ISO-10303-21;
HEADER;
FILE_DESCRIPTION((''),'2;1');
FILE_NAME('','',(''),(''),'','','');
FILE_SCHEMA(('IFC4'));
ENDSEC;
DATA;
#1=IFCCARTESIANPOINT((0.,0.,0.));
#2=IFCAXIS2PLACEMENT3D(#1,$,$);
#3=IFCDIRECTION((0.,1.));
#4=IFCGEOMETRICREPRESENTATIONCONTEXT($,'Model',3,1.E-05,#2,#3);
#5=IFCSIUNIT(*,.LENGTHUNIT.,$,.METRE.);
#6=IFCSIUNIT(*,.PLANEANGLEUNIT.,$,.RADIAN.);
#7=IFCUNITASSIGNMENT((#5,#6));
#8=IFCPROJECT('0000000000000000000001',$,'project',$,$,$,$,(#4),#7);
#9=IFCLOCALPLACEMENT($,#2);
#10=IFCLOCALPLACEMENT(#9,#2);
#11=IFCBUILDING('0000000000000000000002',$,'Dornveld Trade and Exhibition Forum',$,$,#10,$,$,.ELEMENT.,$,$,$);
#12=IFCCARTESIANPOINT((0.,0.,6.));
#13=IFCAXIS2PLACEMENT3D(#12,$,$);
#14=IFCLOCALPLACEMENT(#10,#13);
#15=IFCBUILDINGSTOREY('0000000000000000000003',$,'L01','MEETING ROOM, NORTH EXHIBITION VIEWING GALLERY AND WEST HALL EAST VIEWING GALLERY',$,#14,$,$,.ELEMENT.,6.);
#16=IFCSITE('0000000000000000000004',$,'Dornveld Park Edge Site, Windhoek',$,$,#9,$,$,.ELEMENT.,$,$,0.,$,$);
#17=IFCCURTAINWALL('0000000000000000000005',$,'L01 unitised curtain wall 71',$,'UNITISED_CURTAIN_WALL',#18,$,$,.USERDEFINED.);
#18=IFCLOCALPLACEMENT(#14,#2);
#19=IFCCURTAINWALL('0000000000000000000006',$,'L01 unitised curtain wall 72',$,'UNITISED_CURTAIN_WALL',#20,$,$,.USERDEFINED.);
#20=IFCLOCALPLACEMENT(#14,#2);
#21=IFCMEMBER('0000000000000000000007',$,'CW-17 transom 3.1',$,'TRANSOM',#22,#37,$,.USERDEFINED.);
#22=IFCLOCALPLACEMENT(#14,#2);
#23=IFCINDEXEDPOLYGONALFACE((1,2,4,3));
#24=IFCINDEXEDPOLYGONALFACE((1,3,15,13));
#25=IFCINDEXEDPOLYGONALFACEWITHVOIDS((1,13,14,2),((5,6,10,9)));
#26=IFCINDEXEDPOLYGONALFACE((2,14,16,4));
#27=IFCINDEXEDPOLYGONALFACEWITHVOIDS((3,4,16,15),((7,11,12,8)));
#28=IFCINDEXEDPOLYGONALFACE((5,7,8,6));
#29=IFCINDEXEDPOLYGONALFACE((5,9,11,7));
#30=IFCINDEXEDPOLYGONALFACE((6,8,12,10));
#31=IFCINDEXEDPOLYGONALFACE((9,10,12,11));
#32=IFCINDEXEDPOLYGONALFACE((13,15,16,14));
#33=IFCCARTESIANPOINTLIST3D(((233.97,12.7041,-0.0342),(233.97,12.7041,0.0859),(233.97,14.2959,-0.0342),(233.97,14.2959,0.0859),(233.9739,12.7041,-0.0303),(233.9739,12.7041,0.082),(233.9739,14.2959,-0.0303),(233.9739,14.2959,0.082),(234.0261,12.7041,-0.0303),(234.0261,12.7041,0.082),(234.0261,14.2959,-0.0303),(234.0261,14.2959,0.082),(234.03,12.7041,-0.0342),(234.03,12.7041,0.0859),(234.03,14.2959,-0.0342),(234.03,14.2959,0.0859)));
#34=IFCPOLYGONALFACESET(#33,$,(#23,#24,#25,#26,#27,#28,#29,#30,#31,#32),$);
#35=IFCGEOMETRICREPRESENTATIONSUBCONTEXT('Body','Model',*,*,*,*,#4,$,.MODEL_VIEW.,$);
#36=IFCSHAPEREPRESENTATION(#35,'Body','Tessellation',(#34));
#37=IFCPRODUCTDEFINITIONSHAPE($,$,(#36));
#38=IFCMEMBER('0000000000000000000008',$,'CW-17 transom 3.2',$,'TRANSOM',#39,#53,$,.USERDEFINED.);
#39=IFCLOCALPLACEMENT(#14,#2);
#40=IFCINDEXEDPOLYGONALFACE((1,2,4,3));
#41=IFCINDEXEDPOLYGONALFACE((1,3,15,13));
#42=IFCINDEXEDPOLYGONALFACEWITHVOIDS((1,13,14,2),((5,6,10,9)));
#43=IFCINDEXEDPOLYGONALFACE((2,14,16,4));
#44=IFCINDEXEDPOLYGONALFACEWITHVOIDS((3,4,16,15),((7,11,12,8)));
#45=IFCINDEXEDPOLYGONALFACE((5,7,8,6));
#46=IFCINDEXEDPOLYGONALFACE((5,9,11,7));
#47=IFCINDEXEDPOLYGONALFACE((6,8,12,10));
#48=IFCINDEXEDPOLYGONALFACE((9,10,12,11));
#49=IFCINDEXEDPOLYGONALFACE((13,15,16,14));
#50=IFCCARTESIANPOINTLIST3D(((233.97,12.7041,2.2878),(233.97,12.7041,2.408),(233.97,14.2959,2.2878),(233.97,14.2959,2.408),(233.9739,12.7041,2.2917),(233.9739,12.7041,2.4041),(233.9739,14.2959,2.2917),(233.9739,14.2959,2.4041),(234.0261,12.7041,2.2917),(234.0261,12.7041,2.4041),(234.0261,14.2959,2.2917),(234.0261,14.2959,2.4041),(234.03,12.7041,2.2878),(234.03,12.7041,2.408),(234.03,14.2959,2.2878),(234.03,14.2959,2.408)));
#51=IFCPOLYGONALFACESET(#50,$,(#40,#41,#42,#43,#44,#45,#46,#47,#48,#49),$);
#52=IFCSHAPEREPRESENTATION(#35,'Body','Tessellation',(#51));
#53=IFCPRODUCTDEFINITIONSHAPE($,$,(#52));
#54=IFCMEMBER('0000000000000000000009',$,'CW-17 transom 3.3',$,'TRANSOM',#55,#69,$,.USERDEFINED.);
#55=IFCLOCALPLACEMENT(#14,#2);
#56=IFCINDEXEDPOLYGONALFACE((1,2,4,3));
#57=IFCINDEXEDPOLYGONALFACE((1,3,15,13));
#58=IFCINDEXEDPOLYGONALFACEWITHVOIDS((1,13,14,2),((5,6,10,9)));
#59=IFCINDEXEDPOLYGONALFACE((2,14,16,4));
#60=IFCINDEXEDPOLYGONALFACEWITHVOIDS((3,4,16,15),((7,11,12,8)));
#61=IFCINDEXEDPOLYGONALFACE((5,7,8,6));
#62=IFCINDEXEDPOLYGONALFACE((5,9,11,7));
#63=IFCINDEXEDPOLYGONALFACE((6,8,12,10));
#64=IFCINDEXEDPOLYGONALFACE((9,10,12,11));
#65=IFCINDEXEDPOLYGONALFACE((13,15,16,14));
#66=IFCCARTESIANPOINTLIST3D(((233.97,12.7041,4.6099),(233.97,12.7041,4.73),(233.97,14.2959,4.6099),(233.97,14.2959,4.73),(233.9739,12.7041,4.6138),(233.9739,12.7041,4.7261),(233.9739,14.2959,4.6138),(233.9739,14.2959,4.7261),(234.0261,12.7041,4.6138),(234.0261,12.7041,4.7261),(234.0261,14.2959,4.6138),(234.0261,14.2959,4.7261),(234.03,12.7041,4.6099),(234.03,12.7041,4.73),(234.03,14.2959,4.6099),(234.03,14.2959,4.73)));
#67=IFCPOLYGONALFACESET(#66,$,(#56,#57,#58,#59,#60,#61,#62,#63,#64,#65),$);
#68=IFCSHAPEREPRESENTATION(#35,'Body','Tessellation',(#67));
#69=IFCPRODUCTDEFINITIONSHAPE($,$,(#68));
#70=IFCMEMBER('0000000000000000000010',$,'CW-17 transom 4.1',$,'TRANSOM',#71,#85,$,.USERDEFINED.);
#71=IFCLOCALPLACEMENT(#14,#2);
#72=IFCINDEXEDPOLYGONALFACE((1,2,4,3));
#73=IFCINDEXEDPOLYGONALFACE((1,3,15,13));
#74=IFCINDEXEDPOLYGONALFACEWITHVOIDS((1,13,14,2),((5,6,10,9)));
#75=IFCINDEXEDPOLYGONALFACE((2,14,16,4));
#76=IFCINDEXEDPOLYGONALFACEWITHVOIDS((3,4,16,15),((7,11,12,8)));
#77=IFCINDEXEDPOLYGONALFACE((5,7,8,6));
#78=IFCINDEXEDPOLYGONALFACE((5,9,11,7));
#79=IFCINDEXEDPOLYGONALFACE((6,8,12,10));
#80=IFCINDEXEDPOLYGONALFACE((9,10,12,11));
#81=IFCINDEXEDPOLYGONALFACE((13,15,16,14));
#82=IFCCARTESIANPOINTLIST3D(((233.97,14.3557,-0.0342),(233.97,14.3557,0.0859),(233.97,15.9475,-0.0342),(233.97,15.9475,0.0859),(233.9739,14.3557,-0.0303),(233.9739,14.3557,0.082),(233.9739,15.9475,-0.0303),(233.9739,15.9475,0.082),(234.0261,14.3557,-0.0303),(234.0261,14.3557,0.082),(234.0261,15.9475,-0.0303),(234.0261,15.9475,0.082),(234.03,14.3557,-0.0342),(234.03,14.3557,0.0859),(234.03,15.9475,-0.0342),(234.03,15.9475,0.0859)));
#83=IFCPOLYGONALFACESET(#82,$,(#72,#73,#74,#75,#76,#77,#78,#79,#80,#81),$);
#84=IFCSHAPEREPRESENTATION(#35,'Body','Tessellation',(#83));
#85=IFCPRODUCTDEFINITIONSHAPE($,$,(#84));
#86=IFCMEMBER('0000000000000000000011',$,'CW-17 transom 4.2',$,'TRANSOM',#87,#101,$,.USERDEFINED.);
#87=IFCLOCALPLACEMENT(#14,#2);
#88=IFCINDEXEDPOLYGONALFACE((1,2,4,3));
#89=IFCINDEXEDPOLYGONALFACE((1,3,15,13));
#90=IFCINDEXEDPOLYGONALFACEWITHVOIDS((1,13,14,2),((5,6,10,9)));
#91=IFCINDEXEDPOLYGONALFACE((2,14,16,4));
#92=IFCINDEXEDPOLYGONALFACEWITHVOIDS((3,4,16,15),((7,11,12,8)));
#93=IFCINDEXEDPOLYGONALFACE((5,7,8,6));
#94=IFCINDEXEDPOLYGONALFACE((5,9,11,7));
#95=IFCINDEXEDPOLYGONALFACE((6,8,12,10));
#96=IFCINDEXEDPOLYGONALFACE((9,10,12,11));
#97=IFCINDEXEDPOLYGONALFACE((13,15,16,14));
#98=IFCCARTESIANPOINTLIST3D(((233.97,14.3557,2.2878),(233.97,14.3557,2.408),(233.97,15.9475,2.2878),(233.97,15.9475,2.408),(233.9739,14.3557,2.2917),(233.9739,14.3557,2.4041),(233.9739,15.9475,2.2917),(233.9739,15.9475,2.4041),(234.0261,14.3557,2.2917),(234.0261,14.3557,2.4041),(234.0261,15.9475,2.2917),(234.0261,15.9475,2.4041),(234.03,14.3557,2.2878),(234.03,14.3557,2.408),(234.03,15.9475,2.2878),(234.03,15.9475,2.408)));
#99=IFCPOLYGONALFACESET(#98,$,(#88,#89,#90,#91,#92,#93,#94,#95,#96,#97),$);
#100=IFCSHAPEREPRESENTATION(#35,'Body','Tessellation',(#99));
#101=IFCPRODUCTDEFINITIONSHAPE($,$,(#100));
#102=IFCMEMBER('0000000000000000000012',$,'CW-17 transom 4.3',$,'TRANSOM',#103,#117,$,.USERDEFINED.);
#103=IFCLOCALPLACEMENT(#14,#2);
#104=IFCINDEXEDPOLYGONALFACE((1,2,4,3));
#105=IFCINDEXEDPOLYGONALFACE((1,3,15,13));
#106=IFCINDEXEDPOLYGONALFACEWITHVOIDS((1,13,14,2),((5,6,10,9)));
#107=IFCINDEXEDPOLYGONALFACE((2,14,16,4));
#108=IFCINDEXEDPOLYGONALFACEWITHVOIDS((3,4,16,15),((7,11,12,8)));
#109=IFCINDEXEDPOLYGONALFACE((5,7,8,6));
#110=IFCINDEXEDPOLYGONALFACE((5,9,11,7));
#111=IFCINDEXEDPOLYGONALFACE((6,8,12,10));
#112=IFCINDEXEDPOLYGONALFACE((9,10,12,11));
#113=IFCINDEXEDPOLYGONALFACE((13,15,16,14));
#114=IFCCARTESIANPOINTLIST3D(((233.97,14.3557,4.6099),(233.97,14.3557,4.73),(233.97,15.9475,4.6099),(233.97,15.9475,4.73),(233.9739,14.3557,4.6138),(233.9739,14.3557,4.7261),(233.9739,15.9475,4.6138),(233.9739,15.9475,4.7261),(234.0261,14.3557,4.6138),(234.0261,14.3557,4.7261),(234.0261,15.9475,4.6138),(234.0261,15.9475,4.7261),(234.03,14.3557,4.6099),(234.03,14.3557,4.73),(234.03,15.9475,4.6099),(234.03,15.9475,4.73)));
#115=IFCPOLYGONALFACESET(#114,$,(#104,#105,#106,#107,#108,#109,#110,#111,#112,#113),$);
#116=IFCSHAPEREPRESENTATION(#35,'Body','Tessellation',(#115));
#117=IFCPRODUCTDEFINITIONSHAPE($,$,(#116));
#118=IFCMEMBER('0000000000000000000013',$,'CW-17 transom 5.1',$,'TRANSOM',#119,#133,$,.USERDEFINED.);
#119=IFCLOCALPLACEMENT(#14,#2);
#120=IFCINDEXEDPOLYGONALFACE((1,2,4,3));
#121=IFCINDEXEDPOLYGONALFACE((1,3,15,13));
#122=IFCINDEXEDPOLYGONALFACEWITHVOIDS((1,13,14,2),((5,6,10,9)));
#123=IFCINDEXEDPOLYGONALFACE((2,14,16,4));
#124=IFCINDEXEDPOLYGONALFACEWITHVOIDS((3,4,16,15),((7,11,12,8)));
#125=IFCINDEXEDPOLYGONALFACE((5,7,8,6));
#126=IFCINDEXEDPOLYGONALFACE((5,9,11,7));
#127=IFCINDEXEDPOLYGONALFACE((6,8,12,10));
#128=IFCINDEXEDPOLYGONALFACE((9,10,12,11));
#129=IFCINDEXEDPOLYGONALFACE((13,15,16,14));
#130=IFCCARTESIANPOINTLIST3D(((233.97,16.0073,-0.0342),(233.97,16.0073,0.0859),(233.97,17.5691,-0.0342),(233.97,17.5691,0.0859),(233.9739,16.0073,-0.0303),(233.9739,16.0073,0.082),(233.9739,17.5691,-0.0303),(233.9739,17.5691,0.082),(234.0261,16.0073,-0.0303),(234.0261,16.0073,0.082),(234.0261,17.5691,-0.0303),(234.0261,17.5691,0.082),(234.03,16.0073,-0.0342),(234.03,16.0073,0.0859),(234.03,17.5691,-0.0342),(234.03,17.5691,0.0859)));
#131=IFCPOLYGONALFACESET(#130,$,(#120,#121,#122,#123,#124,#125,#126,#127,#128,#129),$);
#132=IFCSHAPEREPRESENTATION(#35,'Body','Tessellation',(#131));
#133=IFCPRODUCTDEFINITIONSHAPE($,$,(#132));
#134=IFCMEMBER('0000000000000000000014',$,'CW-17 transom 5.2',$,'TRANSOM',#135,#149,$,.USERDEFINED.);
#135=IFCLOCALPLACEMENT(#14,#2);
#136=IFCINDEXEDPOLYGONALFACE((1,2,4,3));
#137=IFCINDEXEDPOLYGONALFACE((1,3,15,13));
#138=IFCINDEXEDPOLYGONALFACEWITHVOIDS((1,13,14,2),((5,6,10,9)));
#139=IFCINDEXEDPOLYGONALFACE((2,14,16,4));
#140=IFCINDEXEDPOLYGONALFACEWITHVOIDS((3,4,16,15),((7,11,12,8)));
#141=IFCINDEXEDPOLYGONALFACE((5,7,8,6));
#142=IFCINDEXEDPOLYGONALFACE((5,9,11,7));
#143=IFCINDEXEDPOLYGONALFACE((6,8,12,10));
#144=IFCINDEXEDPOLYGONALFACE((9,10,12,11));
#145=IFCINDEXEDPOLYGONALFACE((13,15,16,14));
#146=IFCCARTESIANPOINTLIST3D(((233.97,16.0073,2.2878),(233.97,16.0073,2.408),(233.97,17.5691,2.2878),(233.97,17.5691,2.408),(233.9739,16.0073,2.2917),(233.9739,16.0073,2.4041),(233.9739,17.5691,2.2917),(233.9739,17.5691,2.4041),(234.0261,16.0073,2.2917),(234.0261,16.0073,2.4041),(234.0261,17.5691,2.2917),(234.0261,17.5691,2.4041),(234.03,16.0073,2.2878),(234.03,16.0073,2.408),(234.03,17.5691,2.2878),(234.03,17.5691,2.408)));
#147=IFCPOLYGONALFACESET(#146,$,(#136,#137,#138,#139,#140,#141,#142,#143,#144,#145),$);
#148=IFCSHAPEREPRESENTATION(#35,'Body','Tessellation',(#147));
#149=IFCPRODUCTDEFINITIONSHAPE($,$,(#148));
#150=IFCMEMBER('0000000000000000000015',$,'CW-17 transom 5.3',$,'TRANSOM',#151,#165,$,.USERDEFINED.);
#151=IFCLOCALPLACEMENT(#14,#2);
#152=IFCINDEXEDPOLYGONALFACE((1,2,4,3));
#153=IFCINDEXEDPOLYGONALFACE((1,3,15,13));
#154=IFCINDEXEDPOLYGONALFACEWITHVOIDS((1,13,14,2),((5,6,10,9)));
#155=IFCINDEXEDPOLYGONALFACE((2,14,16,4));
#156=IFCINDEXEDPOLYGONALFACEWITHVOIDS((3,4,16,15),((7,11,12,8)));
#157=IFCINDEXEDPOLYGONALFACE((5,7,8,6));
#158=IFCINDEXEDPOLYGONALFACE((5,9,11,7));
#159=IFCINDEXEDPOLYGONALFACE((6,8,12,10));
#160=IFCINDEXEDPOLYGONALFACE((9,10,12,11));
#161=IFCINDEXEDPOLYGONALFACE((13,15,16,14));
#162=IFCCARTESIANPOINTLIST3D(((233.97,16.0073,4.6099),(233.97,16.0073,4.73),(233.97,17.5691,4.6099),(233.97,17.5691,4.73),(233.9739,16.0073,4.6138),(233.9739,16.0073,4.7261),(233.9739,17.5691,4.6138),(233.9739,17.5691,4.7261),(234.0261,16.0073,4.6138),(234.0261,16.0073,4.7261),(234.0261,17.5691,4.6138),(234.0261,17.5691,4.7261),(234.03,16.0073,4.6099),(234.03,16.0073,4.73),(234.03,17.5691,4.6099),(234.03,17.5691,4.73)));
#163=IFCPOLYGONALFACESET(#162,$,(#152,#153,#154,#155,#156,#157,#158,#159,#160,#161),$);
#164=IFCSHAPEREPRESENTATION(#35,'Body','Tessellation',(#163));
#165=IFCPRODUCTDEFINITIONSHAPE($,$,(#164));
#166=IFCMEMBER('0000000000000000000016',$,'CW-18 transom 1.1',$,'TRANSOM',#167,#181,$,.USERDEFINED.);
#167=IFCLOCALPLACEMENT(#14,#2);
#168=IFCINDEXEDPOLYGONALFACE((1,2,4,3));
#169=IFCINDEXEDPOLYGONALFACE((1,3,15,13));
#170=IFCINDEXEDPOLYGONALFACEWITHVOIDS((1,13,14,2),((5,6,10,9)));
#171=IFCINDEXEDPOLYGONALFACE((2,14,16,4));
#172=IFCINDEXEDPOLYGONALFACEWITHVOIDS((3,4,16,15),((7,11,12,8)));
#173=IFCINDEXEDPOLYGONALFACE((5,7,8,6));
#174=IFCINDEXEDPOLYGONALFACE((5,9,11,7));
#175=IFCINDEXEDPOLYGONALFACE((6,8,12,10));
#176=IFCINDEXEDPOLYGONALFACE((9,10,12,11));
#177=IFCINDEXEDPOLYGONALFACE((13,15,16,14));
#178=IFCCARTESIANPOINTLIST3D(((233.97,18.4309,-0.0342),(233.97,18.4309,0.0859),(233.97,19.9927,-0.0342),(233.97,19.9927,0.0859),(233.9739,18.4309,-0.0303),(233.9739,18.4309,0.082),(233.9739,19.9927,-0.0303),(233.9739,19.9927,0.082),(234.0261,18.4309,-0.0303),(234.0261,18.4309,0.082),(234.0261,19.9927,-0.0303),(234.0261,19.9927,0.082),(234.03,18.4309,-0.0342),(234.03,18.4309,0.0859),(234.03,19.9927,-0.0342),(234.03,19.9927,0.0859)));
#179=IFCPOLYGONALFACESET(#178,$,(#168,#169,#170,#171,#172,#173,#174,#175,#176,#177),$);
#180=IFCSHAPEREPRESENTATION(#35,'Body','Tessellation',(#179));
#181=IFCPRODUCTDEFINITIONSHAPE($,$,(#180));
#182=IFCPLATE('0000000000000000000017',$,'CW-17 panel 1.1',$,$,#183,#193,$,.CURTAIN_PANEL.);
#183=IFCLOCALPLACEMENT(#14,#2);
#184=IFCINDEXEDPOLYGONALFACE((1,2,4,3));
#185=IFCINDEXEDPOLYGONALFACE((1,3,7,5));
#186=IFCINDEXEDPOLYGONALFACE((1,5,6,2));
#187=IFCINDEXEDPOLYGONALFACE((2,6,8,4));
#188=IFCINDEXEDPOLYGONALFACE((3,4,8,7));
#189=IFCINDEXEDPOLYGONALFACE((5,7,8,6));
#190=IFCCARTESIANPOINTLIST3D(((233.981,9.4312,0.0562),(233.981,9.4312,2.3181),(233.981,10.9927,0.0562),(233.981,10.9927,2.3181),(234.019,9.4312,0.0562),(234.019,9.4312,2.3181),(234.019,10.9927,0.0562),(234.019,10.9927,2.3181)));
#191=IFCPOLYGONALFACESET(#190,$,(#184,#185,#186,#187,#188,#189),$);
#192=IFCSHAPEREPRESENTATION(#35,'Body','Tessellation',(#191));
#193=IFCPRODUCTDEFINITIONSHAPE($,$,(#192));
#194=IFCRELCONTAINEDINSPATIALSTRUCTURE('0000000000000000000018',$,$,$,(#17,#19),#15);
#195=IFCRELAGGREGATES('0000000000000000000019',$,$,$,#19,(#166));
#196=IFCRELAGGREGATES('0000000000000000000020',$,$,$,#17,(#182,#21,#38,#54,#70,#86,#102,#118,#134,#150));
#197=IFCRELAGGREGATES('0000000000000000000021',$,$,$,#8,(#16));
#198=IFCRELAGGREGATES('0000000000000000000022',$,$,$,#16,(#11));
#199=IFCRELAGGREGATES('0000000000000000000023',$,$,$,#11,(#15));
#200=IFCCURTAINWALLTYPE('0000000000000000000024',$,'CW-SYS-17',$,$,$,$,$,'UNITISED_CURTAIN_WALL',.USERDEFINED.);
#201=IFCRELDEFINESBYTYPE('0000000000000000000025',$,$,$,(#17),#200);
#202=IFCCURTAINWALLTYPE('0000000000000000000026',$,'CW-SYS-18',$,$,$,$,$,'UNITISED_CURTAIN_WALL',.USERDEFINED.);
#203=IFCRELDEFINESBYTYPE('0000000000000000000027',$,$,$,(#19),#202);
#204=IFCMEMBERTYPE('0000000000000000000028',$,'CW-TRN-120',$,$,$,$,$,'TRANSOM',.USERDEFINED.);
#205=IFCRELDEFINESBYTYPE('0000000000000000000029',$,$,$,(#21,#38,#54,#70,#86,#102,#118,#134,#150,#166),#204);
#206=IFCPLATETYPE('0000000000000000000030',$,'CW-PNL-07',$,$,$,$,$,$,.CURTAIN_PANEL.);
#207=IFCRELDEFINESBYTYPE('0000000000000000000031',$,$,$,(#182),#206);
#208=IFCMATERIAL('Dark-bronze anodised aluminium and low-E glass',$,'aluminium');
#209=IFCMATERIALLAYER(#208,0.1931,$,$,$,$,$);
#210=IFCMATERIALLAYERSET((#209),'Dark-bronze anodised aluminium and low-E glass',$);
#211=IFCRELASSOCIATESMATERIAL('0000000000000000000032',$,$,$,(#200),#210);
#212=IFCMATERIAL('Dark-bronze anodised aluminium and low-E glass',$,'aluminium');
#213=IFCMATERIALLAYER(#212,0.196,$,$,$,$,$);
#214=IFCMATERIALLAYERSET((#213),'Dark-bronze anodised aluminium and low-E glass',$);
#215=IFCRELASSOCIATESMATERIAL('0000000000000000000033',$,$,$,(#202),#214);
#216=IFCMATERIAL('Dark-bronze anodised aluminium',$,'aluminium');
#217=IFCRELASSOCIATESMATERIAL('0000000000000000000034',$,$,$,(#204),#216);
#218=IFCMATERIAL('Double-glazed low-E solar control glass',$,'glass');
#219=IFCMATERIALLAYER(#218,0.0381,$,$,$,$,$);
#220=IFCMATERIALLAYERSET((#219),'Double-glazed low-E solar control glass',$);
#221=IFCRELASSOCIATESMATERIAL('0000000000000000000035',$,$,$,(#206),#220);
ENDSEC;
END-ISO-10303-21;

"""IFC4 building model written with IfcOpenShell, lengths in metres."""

from ifc_helpers import new_model, si_unit, direction, frame, origin, origin_2d, place, context, subcontext, project, spatial, rectangle, hollow_rectangle, extrude, material, layer, layer_set, material_profile, profile_set, type_object, element, aggregate, save


model = new_model("IFC4")

# Units and contexts
model_context = context("Model", 3, precision=1e-05, world=origin(), true_north=direction((0.0, 1.0)))
body_context = subcontext(model_context, "Body", "Model", "MODEL_VIEW")
ifc_project = project(units=[si_unit("LENGTHUNIT", "METRE"), si_unit("PLANEANGLEUNIT", "RADIAN")], contexts=[model_context])

# Site, building, storey
site_placement = place(None, origin())
site = spatial("IfcSite", under=ifc_project, at=site_placement, Name="Dornveld Park Edge Site, Windhoek", CompositionType="ELEMENT", RefElevation=0.0)
building_placement = place(site_placement, origin())
building = spatial("IfcBuilding", under=site, at=building_placement, Name="Dornveld Trade and Exhibition Forum", CompositionType="ELEMENT")
storey_placement = place(building_placement, frame((0.0, 0.0, 6.0)))
storey = spatial("IfcBuildingStorey", under=building, at=storey_placement, Name="L01", Description="MEETING ROOM, NORTH EXHIBITION VIEWING GALLERY AND WEST HALL EAST VIEWING GALLERY", CompositionType="ELEMENT", Elevation=6.0)

# Curtain wall
ifc_material_1 = material(Name="Dark-bronze anodised aluminium and low-E glass", Category="aluminium")
ifc_layer_1 = layer(ifc_material_1, 0.1931)
ifc_layer_set_1 = layer_set([ifc_layer_1], Name="Dark-bronze anodised aluminium and low-E glass")
curtain_wall_type_1 = type_object("IfcCurtainWallType", Name="CW-SYS-17", ElementType="UNITISED_CURTAIN_WALL", PredefinedType="USERDEFINED", material=ifc_layer_set_1)
curtain_wall_1_placement = place(storey_placement, origin())
curtain_wall_1 = element("IfcCurtainWall", 1, at=curtain_wall_1_placement, inside=storey, type_object=curtain_wall_type_1, Name="L01 unitised curtain wall 71", ObjectType="UNITISED_CURTAIN_WALL", PredefinedType="USERDEFINED")

# Curtain wall
ifc_material_2 = material(Name="Dark-bronze anodised aluminium and low-E glass", Category="aluminium")
ifc_layer_2 = layer(ifc_material_2, 0.196)
ifc_layer_set_2 = layer_set([ifc_layer_2], Name="Dark-bronze anodised aluminium and low-E glass")
curtain_wall_type_2 = type_object("IfcCurtainWallType", Name="CW-SYS-18", ElementType="UNITISED_CURTAIN_WALL", PredefinedType="USERDEFINED", material=ifc_layer_set_2)
curtain_wall_2_placement = place(storey_placement, origin())
curtain_wall_2 = element("IfcCurtainWall", 2, at=curtain_wall_2_placement, inside=storey, type_object=curtain_wall_type_2, Name="L01 unitised curtain wall 72", ObjectType="UNITISED_CURTAIN_WALL", PredefinedType="USERDEFINED")

# Members
ifc_material_3 = material(Name="Dark-bronze anodised aluminium", Category="aluminium")
ifc_material_profile_1 = material_profile(ifc_material_3, hollow_rectangle(XDim=0.0601, YDim=0.1201, WallThickness=0.0039, at=origin_2d()), Name="RHS 120x60x4")
ifc_profile_set_1 = profile_set([ifc_material_profile_1], Name="Dark-bronze anodised aluminium")
member_type_1 = type_object("IfcMemberType", Name="CW-TRN-120", ElementType="TRANSOM", PredefinedType="USERDEFINED", material=ifc_profile_set_1)
member_1_placement = place(storey_placement, frame((234.0, 12.7041, 0.0259), z_axis=(0.0, 1.0, 0.0), x_axis=(-1.0, 0.0, 0.0)))
member_1 = element("IfcMember", 3, at=member_1_placement, type_object=member_type_1, Name="CW-17 transom 3.1", ObjectType="TRANSOM", PredefinedType="USERDEFINED", context=body_context, shape_type="SweptSolid", body=[
    extrude(hollow_rectangle(XDim=0.0601, YDim=0.1201, WallThickness=0.0039, at=origin_2d()), origin(), (0.0, 0.0, 1.0), 1.5918),
])
member_2_placement = place(storey_placement, frame((234.0, 12.7041, 2.3479), z_axis=(0.0, 1.0, 0.0), x_axis=(-1.0, 0.0, 0.0)))
member_2 = element("IfcMember", 4, at=member_2_placement, type_object=member_type_1, Name="CW-17 transom 3.2", ObjectType="TRANSOM", PredefinedType="USERDEFINED", context=body_context, shape_type="SweptSolid", body=[
    extrude(hollow_rectangle(XDim=0.0601, YDim=0.1201, WallThickness=0.0039, at=origin_2d()), origin(), (0.0, 0.0, 1.0), 1.5918),
])
member_3_placement = place(storey_placement, frame((234.0, 12.7041, 4.6699), z_axis=(0.0, 1.0, 0.0), x_axis=(-1.0, 0.0, 0.0)))
member_3 = element("IfcMember", 5, at=member_3_placement, type_object=member_type_1, Name="CW-17 transom 3.3", ObjectType="TRANSOM", PredefinedType="USERDEFINED", context=body_context, shape_type="SweptSolid", body=[
    extrude(hollow_rectangle(XDim=0.0601, YDim=0.1201, WallThickness=0.0039, at=origin_2d()), origin(), (0.0, 0.0, 1.0), 1.5918),
])
member_4_placement = place(storey_placement, frame((234.0, 14.3557, 0.0259), z_axis=(0.0, 1.0, 0.0), x_axis=(-1.0, 0.0, 0.0)))
member_4 = element("IfcMember", 6, at=member_4_placement, type_object=member_type_1, Name="CW-17 transom 4.1", ObjectType="TRANSOM", PredefinedType="USERDEFINED", context=body_context, shape_type="SweptSolid", body=[
    extrude(hollow_rectangle(XDim=0.0601, YDim=0.1201, WallThickness=0.0039, at=origin_2d()), origin(), (0.0, 0.0, 1.0), 1.5918),
])
member_5_placement = place(storey_placement, frame((234.0, 14.3557, 2.3479), z_axis=(0.0, 1.0, 0.0), x_axis=(-1.0, 0.0, 0.0)))
member_5 = element("IfcMember", 7, at=member_5_placement, type_object=member_type_1, Name="CW-17 transom 4.2", ObjectType="TRANSOM", PredefinedType="USERDEFINED", context=body_context, shape_type="SweptSolid", body=[
    extrude(hollow_rectangle(XDim=0.0601, YDim=0.1201, WallThickness=0.0039, at=origin_2d()), origin(), (0.0, 0.0, 1.0), 1.5918),
])
member_6_placement = place(storey_placement, frame((234.0, 14.3557, 4.6699), z_axis=(0.0, 1.0, 0.0), x_axis=(-1.0, 0.0, 0.0)))
member_6 = element("IfcMember", 8, at=member_6_placement, type_object=member_type_1, Name="CW-17 transom 4.3", ObjectType="TRANSOM", PredefinedType="USERDEFINED", context=body_context, shape_type="SweptSolid", body=[
    extrude(hollow_rectangle(XDim=0.0601, YDim=0.1201, WallThickness=0.0039, at=origin_2d()), origin(), (0.0, 0.0, 1.0), 1.5918),
])
member_7_placement = place(storey_placement, frame((234.0, 16.0073, 0.0259), z_axis=(0.0, 1.0, 0.0), x_axis=(-1.0, 0.0, 0.0)))
member_7 = element("IfcMember", 9, at=member_7_placement, type_object=member_type_1, Name="CW-17 transom 5.1", ObjectType="TRANSOM", PredefinedType="USERDEFINED", context=body_context, shape_type="SweptSolid", body=[
    extrude(hollow_rectangle(XDim=0.0601, YDim=0.1201, WallThickness=0.0039, at=origin_2d()), origin(), (0.0, 0.0, 1.0), 1.5618),
])
member_8_placement = place(storey_placement, frame((234.0, 16.0073, 2.3479), z_axis=(0.0, 1.0, 0.0), x_axis=(-1.0, 0.0, 0.0)))
member_8 = element("IfcMember", 10, at=member_8_placement, type_object=member_type_1, Name="CW-17 transom 5.2", ObjectType="TRANSOM", PredefinedType="USERDEFINED", context=body_context, shape_type="SweptSolid", body=[
    extrude(hollow_rectangle(XDim=0.0601, YDim=0.1201, WallThickness=0.0039, at=origin_2d()), origin(), (0.0, 0.0, 1.0), 1.5618),
])
member_9_placement = place(storey_placement, frame((234.0, 16.0073, 4.6699), z_axis=(0.0, 1.0, 0.0), x_axis=(-1.0, 0.0, 0.0)))
member_9 = element("IfcMember", 11, at=member_9_placement, type_object=member_type_1, Name="CW-17 transom 5.3", ObjectType="TRANSOM", PredefinedType="USERDEFINED", context=body_context, shape_type="SweptSolid", body=[
    extrude(hollow_rectangle(XDim=0.0601, YDim=0.1201, WallThickness=0.0039, at=origin_2d()), origin(), (0.0, 0.0, 1.0), 1.5618),
])
member_10_placement = place(storey_placement, frame((234.0, 18.4309, 0.0259), z_axis=(0.0, 1.0, 0.0), x_axis=(-1.0, 0.0, 0.0)))
member_10 = element("IfcMember", 12, at=member_10_placement, type_object=member_type_1, Name="CW-18 transom 1.1", ObjectType="TRANSOM", PredefinedType="USERDEFINED", context=body_context, shape_type="SweptSolid", body=[
    extrude(hollow_rectangle(XDim=0.0601, YDim=0.1201, WallThickness=0.0039, at=origin_2d()), origin(), (0.0, 0.0, 1.0), 1.5618),
])
aggregate(curtain_wall_2, [member_10])

# Plate
ifc_material_4 = material(Name="Double-glazed low-E solar control glass", Category="glass")
ifc_layer_3 = layer(ifc_material_4, 0.0381)
ifc_layer_set_3 = layer_set([ifc_layer_3], Name="Double-glazed low-E solar control glass")
plate_type = type_object("IfcPlateType", Name="CW-PNL-07", PredefinedType="CURTAIN_PANEL", material=ifc_layer_set_3)
plate_1_placement = place(storey_placement, frame((234.0, 10.2119, 0.0562), z_axis=(0.0, 0.0, 1.0), x_axis=(0.0, 1.0, 0.0)))
plate_1 = element("IfcPlate", 13, at=plate_1_placement, type_object=plate_type, Name="CW-17 panel 1.1", PredefinedType="CURTAIN_PANEL", context=body_context, shape_type="SweptSolid", body=[
    extrude(rectangle(XDim=1.5615, YDim=0.0381, at=origin_2d()), origin(), (0.0, 0.0, 1.0), 2.262),
])
aggregate(curtain_wall_1, [plate_1, member_1, member_2, member_3, member_4, member_5, member_6, member_7, member_8, member_9])

save(model, "model.ifc")
